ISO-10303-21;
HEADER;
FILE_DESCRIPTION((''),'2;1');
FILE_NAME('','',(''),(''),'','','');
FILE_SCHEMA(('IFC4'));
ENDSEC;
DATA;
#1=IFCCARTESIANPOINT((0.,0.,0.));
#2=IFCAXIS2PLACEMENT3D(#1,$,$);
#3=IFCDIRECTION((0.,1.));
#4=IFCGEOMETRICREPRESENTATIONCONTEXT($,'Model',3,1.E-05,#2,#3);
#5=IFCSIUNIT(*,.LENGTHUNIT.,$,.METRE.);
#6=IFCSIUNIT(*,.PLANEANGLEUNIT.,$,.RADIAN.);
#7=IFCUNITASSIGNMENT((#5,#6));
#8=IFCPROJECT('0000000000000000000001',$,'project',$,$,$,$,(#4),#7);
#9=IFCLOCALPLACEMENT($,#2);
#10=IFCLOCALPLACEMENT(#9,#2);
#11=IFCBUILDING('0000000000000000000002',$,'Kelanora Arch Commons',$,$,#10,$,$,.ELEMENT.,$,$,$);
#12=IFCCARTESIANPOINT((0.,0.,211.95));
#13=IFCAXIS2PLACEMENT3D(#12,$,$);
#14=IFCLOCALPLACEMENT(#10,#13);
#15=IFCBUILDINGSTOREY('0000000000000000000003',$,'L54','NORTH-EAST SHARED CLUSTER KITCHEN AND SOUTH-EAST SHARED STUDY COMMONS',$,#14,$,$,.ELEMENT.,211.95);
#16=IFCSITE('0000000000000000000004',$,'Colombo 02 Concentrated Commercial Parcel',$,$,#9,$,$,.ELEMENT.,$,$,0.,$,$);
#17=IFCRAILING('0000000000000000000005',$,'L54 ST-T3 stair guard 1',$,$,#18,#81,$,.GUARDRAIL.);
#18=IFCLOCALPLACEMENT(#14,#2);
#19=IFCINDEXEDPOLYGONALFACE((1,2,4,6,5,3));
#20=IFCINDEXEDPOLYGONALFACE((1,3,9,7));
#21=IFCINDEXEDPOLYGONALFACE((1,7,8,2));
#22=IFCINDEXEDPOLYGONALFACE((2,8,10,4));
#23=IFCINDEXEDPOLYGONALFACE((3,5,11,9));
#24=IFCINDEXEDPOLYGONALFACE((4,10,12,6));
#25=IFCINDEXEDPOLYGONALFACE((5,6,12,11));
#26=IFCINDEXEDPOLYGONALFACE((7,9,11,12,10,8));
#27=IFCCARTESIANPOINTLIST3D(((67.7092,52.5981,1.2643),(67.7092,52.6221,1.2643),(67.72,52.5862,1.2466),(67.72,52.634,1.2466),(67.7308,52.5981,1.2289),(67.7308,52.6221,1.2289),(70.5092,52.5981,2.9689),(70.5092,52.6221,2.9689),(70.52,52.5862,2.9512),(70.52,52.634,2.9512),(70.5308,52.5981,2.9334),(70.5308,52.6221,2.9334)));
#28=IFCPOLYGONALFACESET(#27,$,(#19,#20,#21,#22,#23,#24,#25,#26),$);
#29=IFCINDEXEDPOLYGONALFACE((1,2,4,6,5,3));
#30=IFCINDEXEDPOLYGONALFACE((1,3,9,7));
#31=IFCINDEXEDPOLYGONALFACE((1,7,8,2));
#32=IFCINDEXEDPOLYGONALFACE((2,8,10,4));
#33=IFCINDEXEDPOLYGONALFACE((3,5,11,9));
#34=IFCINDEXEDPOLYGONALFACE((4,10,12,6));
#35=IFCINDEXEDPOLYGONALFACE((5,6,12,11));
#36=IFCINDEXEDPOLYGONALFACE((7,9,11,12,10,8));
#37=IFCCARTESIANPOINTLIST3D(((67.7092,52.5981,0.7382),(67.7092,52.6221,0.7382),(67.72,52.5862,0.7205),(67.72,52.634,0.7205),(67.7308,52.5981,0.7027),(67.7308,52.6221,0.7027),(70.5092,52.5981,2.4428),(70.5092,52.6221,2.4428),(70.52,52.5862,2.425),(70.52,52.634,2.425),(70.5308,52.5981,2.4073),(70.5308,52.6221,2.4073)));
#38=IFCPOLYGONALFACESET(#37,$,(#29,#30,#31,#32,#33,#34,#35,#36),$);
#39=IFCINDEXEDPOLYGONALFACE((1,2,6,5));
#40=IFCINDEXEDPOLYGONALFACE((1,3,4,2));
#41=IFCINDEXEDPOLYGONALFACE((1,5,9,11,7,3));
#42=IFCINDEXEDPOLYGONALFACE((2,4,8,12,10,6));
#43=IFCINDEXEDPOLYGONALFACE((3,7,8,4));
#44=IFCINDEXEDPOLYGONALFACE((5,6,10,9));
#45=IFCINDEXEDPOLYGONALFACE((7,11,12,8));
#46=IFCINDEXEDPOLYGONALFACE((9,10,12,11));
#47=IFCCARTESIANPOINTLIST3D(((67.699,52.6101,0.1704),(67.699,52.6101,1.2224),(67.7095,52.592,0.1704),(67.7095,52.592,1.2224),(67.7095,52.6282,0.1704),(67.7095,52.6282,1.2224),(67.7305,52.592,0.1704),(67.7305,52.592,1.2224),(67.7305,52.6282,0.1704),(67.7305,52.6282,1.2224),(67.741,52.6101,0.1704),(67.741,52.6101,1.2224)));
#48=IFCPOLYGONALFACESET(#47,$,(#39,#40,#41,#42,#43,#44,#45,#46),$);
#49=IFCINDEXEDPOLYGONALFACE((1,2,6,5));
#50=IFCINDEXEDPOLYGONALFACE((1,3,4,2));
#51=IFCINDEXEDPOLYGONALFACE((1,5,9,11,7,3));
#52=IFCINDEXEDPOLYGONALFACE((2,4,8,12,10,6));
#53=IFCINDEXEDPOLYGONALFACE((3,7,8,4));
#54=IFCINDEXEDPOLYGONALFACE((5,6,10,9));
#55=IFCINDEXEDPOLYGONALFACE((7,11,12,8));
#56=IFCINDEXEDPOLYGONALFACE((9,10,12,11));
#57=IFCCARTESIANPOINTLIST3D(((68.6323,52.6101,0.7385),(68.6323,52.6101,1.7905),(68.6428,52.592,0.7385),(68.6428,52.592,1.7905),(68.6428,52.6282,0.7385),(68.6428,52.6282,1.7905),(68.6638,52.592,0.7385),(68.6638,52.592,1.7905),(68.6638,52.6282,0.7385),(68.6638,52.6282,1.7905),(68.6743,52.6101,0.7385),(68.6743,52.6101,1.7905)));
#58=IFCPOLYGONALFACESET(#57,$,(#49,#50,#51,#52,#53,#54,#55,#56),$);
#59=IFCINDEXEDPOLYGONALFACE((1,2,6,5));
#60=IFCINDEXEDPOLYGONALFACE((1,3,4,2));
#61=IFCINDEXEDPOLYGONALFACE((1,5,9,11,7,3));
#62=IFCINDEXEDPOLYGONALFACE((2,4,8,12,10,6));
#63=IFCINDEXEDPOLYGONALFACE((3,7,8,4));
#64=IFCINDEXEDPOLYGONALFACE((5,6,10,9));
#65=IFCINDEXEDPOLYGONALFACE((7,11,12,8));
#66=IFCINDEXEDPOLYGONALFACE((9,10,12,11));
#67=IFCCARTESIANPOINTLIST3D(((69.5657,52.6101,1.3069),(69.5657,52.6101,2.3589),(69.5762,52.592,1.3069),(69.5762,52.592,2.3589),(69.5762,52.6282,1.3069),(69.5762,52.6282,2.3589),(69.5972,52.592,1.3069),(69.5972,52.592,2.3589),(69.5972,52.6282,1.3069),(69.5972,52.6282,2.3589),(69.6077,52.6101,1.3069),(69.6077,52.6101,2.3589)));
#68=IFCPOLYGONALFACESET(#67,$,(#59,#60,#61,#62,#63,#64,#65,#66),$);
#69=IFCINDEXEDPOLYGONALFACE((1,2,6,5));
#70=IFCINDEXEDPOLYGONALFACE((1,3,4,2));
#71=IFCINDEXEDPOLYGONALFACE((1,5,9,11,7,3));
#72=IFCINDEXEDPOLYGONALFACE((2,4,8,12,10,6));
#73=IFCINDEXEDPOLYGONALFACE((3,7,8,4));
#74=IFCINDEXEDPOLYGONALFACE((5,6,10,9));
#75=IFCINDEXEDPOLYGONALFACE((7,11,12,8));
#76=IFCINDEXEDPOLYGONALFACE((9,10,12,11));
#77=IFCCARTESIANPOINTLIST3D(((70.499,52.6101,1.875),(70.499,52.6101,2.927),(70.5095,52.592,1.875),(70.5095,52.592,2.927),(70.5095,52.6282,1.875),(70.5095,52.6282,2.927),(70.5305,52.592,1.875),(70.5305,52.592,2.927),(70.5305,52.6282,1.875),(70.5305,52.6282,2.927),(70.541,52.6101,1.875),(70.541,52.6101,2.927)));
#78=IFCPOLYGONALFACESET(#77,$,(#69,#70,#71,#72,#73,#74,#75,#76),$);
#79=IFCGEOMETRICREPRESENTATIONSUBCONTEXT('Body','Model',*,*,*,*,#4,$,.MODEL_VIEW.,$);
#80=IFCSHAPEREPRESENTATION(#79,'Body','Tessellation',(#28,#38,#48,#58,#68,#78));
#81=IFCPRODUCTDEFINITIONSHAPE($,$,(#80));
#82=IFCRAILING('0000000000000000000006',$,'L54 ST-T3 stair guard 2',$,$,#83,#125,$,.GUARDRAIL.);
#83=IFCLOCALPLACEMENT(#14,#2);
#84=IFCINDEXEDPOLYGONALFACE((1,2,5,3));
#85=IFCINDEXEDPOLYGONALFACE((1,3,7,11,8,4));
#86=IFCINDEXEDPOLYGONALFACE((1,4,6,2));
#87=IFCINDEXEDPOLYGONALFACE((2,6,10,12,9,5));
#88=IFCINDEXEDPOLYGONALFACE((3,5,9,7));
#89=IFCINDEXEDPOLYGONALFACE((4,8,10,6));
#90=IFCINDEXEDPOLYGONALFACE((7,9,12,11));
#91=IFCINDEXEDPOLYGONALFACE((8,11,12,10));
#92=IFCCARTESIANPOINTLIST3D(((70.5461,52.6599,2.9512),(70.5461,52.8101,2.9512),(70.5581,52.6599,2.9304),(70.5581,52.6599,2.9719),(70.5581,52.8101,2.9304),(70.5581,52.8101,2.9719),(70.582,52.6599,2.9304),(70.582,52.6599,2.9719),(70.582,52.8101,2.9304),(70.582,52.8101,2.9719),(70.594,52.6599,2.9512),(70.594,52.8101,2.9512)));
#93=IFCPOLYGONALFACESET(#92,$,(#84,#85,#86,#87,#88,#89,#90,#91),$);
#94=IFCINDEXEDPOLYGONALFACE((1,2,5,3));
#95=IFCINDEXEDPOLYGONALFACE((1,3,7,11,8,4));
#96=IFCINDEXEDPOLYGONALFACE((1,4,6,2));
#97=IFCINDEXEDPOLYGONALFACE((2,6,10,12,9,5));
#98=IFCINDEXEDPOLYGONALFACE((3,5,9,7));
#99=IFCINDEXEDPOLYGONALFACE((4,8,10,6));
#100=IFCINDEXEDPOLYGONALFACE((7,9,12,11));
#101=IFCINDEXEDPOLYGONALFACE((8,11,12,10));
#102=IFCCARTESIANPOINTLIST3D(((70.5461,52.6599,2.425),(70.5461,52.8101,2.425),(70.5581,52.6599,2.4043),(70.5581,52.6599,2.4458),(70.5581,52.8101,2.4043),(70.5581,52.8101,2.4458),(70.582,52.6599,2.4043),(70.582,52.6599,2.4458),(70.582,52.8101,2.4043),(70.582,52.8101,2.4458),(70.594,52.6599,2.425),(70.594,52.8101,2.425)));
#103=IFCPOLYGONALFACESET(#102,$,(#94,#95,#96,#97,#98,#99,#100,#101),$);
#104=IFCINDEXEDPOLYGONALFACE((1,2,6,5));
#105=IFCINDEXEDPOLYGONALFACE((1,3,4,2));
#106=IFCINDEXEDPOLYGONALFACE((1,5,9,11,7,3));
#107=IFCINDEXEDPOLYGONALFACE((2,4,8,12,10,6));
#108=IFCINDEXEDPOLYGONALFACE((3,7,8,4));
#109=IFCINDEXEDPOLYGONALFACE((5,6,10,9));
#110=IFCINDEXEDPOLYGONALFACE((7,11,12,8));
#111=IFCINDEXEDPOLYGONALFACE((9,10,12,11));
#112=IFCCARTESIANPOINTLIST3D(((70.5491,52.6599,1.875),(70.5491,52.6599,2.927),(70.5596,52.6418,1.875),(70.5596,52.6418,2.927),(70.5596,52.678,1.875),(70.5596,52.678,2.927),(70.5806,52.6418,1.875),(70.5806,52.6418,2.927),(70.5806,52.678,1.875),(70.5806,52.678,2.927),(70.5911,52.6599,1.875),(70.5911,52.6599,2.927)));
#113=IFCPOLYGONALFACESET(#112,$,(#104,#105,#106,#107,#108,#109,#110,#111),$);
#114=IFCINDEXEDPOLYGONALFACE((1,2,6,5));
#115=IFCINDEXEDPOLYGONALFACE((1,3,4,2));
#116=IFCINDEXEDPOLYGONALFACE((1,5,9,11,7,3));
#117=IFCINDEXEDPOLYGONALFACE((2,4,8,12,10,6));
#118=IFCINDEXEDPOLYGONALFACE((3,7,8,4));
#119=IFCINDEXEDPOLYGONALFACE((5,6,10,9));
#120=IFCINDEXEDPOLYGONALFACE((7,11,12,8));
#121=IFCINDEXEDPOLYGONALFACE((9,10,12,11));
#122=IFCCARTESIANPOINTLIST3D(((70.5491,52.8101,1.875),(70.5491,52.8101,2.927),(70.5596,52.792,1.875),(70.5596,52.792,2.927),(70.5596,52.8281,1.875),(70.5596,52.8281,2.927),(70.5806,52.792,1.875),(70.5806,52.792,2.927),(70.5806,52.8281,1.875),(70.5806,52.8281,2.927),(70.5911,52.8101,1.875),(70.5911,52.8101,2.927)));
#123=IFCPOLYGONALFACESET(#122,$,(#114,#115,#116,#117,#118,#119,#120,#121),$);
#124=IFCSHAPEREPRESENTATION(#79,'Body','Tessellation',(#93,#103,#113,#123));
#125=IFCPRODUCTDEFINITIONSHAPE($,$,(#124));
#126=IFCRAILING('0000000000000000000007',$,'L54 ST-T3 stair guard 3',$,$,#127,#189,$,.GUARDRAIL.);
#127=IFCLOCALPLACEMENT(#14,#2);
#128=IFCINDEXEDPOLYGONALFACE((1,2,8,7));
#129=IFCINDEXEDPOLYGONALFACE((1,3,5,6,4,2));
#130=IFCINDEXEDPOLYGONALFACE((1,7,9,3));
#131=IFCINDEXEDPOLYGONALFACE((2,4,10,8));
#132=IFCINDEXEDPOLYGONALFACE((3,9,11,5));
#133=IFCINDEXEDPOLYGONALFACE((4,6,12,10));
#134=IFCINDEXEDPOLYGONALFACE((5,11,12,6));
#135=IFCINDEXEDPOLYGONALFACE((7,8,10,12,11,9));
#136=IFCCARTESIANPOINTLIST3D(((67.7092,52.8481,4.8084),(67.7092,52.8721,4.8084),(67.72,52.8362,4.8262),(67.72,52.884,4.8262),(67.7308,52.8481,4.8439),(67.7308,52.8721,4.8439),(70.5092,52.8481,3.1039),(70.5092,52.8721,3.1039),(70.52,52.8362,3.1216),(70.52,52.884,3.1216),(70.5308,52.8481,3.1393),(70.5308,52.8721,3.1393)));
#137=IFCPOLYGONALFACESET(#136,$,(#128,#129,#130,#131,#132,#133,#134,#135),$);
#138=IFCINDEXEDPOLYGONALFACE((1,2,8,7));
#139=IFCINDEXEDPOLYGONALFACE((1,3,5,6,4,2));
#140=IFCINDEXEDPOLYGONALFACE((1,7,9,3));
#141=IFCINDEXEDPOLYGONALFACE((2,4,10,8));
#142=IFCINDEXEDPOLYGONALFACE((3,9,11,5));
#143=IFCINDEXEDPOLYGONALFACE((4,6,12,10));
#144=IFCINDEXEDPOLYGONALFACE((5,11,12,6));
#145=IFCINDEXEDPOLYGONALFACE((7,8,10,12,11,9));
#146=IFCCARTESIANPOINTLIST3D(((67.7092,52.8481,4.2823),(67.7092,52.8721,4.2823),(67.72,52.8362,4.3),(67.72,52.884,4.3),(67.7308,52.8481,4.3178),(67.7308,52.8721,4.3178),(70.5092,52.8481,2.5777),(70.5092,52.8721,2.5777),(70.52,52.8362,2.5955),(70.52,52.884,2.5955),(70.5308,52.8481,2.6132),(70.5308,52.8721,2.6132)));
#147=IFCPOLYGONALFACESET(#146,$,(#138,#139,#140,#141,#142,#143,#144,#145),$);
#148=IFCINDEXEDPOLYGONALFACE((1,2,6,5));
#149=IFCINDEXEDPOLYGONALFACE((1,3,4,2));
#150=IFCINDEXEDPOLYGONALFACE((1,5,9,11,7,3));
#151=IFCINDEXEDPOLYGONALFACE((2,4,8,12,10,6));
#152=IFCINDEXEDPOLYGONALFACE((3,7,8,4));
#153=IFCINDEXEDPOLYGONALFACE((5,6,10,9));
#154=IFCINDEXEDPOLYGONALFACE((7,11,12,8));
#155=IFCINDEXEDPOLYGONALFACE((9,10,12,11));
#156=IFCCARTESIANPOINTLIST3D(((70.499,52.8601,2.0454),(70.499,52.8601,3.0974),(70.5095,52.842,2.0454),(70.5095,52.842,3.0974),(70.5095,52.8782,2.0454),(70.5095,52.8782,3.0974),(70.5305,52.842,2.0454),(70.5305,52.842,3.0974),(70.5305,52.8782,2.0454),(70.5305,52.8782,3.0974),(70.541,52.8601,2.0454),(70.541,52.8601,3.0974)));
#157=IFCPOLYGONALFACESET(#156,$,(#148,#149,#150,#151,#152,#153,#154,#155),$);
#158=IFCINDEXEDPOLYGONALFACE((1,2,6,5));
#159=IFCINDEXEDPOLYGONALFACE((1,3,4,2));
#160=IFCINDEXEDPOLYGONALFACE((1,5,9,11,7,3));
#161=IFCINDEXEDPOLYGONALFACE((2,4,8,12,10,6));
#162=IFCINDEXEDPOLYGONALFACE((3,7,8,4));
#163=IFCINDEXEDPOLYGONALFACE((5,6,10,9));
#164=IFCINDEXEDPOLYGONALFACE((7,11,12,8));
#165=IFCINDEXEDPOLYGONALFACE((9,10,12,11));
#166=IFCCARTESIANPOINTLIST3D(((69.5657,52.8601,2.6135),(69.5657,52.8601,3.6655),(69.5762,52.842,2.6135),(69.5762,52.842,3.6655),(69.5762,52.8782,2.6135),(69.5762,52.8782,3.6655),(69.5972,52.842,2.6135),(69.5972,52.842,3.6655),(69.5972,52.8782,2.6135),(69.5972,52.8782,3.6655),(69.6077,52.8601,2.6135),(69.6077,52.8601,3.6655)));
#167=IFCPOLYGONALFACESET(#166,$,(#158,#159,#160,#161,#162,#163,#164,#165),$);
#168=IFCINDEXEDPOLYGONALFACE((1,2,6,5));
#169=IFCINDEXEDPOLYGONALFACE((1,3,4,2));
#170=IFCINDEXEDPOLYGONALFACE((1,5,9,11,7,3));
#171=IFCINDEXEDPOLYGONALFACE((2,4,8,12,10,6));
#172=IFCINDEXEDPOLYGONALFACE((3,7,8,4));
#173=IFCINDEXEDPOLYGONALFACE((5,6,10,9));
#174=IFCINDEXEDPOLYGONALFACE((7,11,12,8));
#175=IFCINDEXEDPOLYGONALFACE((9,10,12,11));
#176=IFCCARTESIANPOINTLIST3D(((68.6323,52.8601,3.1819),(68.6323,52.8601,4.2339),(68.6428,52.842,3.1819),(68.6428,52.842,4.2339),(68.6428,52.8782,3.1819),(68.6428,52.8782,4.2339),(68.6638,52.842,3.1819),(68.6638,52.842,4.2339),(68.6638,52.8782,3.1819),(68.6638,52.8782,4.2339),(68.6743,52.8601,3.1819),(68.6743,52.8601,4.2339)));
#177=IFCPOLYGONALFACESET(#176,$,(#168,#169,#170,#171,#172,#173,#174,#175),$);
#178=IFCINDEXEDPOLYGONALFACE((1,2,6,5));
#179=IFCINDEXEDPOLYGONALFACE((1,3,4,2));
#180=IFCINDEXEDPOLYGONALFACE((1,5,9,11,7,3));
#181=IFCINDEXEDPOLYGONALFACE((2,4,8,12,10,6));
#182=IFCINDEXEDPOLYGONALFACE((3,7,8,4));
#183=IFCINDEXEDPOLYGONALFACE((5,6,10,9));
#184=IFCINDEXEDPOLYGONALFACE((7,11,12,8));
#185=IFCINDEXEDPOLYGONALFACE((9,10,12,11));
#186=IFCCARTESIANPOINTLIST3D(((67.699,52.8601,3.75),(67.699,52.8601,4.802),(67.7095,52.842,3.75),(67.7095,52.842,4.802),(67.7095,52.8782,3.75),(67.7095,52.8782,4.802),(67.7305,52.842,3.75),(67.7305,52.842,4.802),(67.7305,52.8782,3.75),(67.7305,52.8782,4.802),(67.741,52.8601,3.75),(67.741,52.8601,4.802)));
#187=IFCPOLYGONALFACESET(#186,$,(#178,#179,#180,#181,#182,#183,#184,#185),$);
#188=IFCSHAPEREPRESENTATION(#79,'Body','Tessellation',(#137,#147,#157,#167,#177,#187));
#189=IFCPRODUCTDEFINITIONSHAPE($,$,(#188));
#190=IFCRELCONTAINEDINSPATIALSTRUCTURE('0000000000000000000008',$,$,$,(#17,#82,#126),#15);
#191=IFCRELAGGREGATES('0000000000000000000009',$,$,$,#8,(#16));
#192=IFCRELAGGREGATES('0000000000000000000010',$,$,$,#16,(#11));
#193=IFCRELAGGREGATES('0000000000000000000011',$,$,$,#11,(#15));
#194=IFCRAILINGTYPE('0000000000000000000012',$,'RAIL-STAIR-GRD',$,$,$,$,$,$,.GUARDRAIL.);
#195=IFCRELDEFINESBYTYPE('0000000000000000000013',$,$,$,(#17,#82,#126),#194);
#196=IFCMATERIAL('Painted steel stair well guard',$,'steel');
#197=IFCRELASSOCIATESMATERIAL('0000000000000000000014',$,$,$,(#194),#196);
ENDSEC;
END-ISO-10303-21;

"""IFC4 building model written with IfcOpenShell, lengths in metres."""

from ifc_helpers import new_model, si_unit, direction, frame, origin, place, context, subcontext, project, spatial, polyline, outline, extrude, material, type_object, element, save


model = new_model("IFC4")

# Units and contexts
model_context = context("Model", 3, precision=1e-05, world=origin(), true_north=direction((0.0, 1.0)))
body_context = subcontext(model_context, "Body", "Model", "MODEL_VIEW")
ifc_project = project(units=[si_unit("LENGTHUNIT", "METRE"), si_unit("PLANEANGLEUNIT", "RADIAN")], contexts=[model_context])

# Site, building, storey
site_placement = place(None, origin())
site = spatial("IfcSite", under=ifc_project, at=site_placement, Name="Colombo 02 Concentrated Commercial Parcel", CompositionType="ELEMENT", RefElevation=0.0)
building_placement = place(site_placement, origin())
building = spatial("IfcBuilding", under=site, at=building_placement, Name="Kelanora Arch Commons", CompositionType="ELEMENT")
storey_placement = place(building_placement, frame((0.0, 0.0, 211.95)))
storey = spatial("IfcBuildingStorey", under=building, at=storey_placement, Name="L54", Description="NORTH-EAST SHARED CLUSTER KITCHEN AND SOUTH-EAST SHARED STUDY COMMONS", CompositionType="ELEMENT", Elevation=211.95)

# Railings
ifc_material_1 = material(Name="Painted steel stair well guard", Category="steel")
railing_type_1 = type_object("IfcRailingType", Name="RAIL-STAIR-GRD", PredefinedType="GUARDRAIL", material=ifc_material_1)
railing_1_placement = place(storey_placement, frame((67.72, 52.6101, 0.1704)))
element("IfcRailing", 1, at=railing_1_placement, inside=storey, type_object=railing_type_1, Name="L54 ST-T3 stair guard 1", PredefinedType="GUARDRAIL", context=body_context, shape_type="SweptSolid", body=[
    extrude(outline(polyline([(0.0239, 0.0), (0.012, 0.0208), (-0.012, 0.0208), (-0.0239, 0.0), (-0.012, -0.0208), (0.012, -0.0208), (0.0239, 0.0)])), frame((0.0, 0.0, 1.0762), z_axis=(0.85417, 0.0, 0.519994), x_axis=(0.0, 1.0, 0.0)), (0.0, 0.0, 1.0), 3.2781),
    extrude(outline(polyline([(0.0239, 0.0), (0.012, 0.0208), (-0.012, 0.0208), (-0.0239, 0.0), (-0.012, -0.0208), (0.012, -0.0208), (0.0239, 0.0)])), frame((0.0, 0.0, 0.55), z_axis=(0.85417, 0.0, 0.519994), x_axis=(0.0, 1.0, 0.0)), (0.0, 0.0, 1.0), 3.2781),
    extrude(outline(polyline([(0.021, 0.0), (0.0105, 0.0181), (-0.0105, 0.0181), (-0.021, 0.0), (-0.0105, -0.0181), (0.0105, -0.0181), (0.021, 0.0)])), origin(), (0.0, 0.0, 1.0), 1.052),
    extrude(outline(polyline([(0.021, 0.0), (0.0105, 0.0181), (-0.0105, 0.0181), (-0.021, 0.0), (-0.0105, -0.0181), (0.0105, -0.0181), (0.021, 0.0)])), frame((0.9333, 0.0, 0.5681)), (0.0, 0.0, 1.0), 1.052),
    extrude(outline(polyline([(0.021, 0.0), (0.0105, 0.0181), (-0.0105, 0.0181), (-0.021, 0.0), (-0.0105, -0.0181), (0.0105, -0.0181), (0.021, 0.0)])), frame((1.8667, 0.0, 1.1365)), (0.0, 0.0, 1.0), 1.052),
    extrude(outline(polyline([(0.021, 0.0), (0.0105, 0.0181), (-0.0105, 0.0181), (-0.021, 0.0), (-0.0105, -0.0181), (0.0105, -0.0181), (0.021, 0.0)])), frame((2.8, 0.0, 1.7046)), (0.0, 0.0, 1.0), 1.052),
])
railing_2_placement = place(storey_placement, frame((70.5701, 52.6599, 1.875)))
element("IfcRailing", 2, at=railing_2_placement, inside=storey, type_object=railing_type_1, Name="L54 ST-T3 stair guard 2", PredefinedType="GUARDRAIL", context=body_context, shape_type="SweptSolid", body=[
    extrude(outline(polyline([(0.0239, 0.0), (0.012, 0.0208), (-0.012, 0.0208), (-0.0239, 0.0), (-0.012, -0.0208), (0.012, -0.0208), (0.0239, 0.0)])), frame((0.0, 0.0, 1.0762), z_axis=(0.0, 1.0, 0.0), x_axis=(-1.0, 0.0, 0.0)), (0.0, 0.0, 1.0), 0.1501),
    extrude(outline(polyline([(0.0239, 0.0), (0.012, 0.0208), (-0.012, 0.0208), (-0.0239, 0.0), (-0.012, -0.0208), (0.012, -0.0208), (0.0239, 0.0)])), frame((0.0, 0.0, 0.55), z_axis=(0.0, 1.0, 0.0), x_axis=(-1.0, 0.0, 0.0)), (0.0, 0.0, 1.0), 0.1501),
    extrude(outline(polyline([(0.021, 0.0), (0.0105, 0.0181), (-0.0105, 0.0181), (-0.021, 0.0), (-0.0105, -0.0181), (0.0105, -0.0181), (0.021, 0.0)])), origin(), (0.0, 0.0, 1.0), 1.052),
    extrude(outline(polyline([(0.021, 0.0), (0.0105, 0.0181), (-0.0105, 0.0181), (-0.021, 0.0), (-0.0105, -0.0181), (0.0105, -0.0181), (0.021, 0.0)])), frame((0.0, 0.1501, 0.0)), (0.0, 0.0, 1.0), 1.052),
])
railing_3_placement = place(storey_placement, frame((70.52, 52.8601, 2.0454)))
element("IfcRailing", 3, at=railing_3_placement, inside=storey, type_object=railing_type_1, Name="L54 ST-T3 stair guard 3", PredefinedType="GUARDRAIL", context=body_context, shape_type="SweptSolid", body=[
    extrude(outline(polyline([(0.0239, 0.0), (0.012, 0.0208), (-0.012, 0.0208), (-0.0239, 0.0), (-0.012, -0.0208), (0.012, -0.0208), (0.0239, 0.0)])), frame((0.0, 0.0, 1.0762), z_axis=(-0.85417, 0.0, 0.519994), x_axis=(0.0, -1.0, 0.0)), (0.0, 0.0, 1.0), 3.2781),
    extrude(outline(polyline([(0.0239, 0.0), (0.012, 0.0208), (-0.012, 0.0208), (-0.0239, 0.0), (-0.012, -0.0208), (0.012, -0.0208), (0.0239, 0.0)])), frame((0.0, 0.0, 0.55), z_axis=(-0.85417, 0.0, 0.519994), x_axis=(0.0, -1.0, 0.0)), (0.0, 0.0, 1.0), 3.2781),
    extrude(outline(polyline([(0.021, 0.0), (0.0105, 0.0181), (-0.0105, 0.0181), (-0.021, 0.0), (-0.0105, -0.0181), (0.0105, -0.0181), (0.021, 0.0)])), origin(), (0.0, 0.0, 1.0), 1.052),
    extrude(outline(polyline([(0.021, 0.0), (0.0105, 0.0181), (-0.0105, 0.0181), (-0.021, 0.0), (-0.0105, -0.0181), (0.0105, -0.0181), (0.021, 0.0)])), frame((-0.9333, 0.0, 0.5681)), (0.0, 0.0, 1.0), 1.052),
    extrude(outline(polyline([(0.021, 0.0), (0.0105, 0.0181), (-0.0105, 0.0181), (-0.021, 0.0), (-0.0105, -0.0181), (0.0105, -0.0181), (0.021, 0.0)])), frame((-1.8667, 0.0, 1.1365)), (0.0, 0.0, 1.0), 1.052),
    extrude(outline(polyline([(0.021, 0.0), (0.0105, 0.0181), (-0.0105, 0.0181), (-0.021, 0.0), (-0.0105, -0.0181), (0.0105, -0.0181), (0.021, 0.0)])), frame((-2.8, 0.0, 1.7046)), (0.0, 0.0, 1.0), 1.052),
])

save(model, "model.ifc")
